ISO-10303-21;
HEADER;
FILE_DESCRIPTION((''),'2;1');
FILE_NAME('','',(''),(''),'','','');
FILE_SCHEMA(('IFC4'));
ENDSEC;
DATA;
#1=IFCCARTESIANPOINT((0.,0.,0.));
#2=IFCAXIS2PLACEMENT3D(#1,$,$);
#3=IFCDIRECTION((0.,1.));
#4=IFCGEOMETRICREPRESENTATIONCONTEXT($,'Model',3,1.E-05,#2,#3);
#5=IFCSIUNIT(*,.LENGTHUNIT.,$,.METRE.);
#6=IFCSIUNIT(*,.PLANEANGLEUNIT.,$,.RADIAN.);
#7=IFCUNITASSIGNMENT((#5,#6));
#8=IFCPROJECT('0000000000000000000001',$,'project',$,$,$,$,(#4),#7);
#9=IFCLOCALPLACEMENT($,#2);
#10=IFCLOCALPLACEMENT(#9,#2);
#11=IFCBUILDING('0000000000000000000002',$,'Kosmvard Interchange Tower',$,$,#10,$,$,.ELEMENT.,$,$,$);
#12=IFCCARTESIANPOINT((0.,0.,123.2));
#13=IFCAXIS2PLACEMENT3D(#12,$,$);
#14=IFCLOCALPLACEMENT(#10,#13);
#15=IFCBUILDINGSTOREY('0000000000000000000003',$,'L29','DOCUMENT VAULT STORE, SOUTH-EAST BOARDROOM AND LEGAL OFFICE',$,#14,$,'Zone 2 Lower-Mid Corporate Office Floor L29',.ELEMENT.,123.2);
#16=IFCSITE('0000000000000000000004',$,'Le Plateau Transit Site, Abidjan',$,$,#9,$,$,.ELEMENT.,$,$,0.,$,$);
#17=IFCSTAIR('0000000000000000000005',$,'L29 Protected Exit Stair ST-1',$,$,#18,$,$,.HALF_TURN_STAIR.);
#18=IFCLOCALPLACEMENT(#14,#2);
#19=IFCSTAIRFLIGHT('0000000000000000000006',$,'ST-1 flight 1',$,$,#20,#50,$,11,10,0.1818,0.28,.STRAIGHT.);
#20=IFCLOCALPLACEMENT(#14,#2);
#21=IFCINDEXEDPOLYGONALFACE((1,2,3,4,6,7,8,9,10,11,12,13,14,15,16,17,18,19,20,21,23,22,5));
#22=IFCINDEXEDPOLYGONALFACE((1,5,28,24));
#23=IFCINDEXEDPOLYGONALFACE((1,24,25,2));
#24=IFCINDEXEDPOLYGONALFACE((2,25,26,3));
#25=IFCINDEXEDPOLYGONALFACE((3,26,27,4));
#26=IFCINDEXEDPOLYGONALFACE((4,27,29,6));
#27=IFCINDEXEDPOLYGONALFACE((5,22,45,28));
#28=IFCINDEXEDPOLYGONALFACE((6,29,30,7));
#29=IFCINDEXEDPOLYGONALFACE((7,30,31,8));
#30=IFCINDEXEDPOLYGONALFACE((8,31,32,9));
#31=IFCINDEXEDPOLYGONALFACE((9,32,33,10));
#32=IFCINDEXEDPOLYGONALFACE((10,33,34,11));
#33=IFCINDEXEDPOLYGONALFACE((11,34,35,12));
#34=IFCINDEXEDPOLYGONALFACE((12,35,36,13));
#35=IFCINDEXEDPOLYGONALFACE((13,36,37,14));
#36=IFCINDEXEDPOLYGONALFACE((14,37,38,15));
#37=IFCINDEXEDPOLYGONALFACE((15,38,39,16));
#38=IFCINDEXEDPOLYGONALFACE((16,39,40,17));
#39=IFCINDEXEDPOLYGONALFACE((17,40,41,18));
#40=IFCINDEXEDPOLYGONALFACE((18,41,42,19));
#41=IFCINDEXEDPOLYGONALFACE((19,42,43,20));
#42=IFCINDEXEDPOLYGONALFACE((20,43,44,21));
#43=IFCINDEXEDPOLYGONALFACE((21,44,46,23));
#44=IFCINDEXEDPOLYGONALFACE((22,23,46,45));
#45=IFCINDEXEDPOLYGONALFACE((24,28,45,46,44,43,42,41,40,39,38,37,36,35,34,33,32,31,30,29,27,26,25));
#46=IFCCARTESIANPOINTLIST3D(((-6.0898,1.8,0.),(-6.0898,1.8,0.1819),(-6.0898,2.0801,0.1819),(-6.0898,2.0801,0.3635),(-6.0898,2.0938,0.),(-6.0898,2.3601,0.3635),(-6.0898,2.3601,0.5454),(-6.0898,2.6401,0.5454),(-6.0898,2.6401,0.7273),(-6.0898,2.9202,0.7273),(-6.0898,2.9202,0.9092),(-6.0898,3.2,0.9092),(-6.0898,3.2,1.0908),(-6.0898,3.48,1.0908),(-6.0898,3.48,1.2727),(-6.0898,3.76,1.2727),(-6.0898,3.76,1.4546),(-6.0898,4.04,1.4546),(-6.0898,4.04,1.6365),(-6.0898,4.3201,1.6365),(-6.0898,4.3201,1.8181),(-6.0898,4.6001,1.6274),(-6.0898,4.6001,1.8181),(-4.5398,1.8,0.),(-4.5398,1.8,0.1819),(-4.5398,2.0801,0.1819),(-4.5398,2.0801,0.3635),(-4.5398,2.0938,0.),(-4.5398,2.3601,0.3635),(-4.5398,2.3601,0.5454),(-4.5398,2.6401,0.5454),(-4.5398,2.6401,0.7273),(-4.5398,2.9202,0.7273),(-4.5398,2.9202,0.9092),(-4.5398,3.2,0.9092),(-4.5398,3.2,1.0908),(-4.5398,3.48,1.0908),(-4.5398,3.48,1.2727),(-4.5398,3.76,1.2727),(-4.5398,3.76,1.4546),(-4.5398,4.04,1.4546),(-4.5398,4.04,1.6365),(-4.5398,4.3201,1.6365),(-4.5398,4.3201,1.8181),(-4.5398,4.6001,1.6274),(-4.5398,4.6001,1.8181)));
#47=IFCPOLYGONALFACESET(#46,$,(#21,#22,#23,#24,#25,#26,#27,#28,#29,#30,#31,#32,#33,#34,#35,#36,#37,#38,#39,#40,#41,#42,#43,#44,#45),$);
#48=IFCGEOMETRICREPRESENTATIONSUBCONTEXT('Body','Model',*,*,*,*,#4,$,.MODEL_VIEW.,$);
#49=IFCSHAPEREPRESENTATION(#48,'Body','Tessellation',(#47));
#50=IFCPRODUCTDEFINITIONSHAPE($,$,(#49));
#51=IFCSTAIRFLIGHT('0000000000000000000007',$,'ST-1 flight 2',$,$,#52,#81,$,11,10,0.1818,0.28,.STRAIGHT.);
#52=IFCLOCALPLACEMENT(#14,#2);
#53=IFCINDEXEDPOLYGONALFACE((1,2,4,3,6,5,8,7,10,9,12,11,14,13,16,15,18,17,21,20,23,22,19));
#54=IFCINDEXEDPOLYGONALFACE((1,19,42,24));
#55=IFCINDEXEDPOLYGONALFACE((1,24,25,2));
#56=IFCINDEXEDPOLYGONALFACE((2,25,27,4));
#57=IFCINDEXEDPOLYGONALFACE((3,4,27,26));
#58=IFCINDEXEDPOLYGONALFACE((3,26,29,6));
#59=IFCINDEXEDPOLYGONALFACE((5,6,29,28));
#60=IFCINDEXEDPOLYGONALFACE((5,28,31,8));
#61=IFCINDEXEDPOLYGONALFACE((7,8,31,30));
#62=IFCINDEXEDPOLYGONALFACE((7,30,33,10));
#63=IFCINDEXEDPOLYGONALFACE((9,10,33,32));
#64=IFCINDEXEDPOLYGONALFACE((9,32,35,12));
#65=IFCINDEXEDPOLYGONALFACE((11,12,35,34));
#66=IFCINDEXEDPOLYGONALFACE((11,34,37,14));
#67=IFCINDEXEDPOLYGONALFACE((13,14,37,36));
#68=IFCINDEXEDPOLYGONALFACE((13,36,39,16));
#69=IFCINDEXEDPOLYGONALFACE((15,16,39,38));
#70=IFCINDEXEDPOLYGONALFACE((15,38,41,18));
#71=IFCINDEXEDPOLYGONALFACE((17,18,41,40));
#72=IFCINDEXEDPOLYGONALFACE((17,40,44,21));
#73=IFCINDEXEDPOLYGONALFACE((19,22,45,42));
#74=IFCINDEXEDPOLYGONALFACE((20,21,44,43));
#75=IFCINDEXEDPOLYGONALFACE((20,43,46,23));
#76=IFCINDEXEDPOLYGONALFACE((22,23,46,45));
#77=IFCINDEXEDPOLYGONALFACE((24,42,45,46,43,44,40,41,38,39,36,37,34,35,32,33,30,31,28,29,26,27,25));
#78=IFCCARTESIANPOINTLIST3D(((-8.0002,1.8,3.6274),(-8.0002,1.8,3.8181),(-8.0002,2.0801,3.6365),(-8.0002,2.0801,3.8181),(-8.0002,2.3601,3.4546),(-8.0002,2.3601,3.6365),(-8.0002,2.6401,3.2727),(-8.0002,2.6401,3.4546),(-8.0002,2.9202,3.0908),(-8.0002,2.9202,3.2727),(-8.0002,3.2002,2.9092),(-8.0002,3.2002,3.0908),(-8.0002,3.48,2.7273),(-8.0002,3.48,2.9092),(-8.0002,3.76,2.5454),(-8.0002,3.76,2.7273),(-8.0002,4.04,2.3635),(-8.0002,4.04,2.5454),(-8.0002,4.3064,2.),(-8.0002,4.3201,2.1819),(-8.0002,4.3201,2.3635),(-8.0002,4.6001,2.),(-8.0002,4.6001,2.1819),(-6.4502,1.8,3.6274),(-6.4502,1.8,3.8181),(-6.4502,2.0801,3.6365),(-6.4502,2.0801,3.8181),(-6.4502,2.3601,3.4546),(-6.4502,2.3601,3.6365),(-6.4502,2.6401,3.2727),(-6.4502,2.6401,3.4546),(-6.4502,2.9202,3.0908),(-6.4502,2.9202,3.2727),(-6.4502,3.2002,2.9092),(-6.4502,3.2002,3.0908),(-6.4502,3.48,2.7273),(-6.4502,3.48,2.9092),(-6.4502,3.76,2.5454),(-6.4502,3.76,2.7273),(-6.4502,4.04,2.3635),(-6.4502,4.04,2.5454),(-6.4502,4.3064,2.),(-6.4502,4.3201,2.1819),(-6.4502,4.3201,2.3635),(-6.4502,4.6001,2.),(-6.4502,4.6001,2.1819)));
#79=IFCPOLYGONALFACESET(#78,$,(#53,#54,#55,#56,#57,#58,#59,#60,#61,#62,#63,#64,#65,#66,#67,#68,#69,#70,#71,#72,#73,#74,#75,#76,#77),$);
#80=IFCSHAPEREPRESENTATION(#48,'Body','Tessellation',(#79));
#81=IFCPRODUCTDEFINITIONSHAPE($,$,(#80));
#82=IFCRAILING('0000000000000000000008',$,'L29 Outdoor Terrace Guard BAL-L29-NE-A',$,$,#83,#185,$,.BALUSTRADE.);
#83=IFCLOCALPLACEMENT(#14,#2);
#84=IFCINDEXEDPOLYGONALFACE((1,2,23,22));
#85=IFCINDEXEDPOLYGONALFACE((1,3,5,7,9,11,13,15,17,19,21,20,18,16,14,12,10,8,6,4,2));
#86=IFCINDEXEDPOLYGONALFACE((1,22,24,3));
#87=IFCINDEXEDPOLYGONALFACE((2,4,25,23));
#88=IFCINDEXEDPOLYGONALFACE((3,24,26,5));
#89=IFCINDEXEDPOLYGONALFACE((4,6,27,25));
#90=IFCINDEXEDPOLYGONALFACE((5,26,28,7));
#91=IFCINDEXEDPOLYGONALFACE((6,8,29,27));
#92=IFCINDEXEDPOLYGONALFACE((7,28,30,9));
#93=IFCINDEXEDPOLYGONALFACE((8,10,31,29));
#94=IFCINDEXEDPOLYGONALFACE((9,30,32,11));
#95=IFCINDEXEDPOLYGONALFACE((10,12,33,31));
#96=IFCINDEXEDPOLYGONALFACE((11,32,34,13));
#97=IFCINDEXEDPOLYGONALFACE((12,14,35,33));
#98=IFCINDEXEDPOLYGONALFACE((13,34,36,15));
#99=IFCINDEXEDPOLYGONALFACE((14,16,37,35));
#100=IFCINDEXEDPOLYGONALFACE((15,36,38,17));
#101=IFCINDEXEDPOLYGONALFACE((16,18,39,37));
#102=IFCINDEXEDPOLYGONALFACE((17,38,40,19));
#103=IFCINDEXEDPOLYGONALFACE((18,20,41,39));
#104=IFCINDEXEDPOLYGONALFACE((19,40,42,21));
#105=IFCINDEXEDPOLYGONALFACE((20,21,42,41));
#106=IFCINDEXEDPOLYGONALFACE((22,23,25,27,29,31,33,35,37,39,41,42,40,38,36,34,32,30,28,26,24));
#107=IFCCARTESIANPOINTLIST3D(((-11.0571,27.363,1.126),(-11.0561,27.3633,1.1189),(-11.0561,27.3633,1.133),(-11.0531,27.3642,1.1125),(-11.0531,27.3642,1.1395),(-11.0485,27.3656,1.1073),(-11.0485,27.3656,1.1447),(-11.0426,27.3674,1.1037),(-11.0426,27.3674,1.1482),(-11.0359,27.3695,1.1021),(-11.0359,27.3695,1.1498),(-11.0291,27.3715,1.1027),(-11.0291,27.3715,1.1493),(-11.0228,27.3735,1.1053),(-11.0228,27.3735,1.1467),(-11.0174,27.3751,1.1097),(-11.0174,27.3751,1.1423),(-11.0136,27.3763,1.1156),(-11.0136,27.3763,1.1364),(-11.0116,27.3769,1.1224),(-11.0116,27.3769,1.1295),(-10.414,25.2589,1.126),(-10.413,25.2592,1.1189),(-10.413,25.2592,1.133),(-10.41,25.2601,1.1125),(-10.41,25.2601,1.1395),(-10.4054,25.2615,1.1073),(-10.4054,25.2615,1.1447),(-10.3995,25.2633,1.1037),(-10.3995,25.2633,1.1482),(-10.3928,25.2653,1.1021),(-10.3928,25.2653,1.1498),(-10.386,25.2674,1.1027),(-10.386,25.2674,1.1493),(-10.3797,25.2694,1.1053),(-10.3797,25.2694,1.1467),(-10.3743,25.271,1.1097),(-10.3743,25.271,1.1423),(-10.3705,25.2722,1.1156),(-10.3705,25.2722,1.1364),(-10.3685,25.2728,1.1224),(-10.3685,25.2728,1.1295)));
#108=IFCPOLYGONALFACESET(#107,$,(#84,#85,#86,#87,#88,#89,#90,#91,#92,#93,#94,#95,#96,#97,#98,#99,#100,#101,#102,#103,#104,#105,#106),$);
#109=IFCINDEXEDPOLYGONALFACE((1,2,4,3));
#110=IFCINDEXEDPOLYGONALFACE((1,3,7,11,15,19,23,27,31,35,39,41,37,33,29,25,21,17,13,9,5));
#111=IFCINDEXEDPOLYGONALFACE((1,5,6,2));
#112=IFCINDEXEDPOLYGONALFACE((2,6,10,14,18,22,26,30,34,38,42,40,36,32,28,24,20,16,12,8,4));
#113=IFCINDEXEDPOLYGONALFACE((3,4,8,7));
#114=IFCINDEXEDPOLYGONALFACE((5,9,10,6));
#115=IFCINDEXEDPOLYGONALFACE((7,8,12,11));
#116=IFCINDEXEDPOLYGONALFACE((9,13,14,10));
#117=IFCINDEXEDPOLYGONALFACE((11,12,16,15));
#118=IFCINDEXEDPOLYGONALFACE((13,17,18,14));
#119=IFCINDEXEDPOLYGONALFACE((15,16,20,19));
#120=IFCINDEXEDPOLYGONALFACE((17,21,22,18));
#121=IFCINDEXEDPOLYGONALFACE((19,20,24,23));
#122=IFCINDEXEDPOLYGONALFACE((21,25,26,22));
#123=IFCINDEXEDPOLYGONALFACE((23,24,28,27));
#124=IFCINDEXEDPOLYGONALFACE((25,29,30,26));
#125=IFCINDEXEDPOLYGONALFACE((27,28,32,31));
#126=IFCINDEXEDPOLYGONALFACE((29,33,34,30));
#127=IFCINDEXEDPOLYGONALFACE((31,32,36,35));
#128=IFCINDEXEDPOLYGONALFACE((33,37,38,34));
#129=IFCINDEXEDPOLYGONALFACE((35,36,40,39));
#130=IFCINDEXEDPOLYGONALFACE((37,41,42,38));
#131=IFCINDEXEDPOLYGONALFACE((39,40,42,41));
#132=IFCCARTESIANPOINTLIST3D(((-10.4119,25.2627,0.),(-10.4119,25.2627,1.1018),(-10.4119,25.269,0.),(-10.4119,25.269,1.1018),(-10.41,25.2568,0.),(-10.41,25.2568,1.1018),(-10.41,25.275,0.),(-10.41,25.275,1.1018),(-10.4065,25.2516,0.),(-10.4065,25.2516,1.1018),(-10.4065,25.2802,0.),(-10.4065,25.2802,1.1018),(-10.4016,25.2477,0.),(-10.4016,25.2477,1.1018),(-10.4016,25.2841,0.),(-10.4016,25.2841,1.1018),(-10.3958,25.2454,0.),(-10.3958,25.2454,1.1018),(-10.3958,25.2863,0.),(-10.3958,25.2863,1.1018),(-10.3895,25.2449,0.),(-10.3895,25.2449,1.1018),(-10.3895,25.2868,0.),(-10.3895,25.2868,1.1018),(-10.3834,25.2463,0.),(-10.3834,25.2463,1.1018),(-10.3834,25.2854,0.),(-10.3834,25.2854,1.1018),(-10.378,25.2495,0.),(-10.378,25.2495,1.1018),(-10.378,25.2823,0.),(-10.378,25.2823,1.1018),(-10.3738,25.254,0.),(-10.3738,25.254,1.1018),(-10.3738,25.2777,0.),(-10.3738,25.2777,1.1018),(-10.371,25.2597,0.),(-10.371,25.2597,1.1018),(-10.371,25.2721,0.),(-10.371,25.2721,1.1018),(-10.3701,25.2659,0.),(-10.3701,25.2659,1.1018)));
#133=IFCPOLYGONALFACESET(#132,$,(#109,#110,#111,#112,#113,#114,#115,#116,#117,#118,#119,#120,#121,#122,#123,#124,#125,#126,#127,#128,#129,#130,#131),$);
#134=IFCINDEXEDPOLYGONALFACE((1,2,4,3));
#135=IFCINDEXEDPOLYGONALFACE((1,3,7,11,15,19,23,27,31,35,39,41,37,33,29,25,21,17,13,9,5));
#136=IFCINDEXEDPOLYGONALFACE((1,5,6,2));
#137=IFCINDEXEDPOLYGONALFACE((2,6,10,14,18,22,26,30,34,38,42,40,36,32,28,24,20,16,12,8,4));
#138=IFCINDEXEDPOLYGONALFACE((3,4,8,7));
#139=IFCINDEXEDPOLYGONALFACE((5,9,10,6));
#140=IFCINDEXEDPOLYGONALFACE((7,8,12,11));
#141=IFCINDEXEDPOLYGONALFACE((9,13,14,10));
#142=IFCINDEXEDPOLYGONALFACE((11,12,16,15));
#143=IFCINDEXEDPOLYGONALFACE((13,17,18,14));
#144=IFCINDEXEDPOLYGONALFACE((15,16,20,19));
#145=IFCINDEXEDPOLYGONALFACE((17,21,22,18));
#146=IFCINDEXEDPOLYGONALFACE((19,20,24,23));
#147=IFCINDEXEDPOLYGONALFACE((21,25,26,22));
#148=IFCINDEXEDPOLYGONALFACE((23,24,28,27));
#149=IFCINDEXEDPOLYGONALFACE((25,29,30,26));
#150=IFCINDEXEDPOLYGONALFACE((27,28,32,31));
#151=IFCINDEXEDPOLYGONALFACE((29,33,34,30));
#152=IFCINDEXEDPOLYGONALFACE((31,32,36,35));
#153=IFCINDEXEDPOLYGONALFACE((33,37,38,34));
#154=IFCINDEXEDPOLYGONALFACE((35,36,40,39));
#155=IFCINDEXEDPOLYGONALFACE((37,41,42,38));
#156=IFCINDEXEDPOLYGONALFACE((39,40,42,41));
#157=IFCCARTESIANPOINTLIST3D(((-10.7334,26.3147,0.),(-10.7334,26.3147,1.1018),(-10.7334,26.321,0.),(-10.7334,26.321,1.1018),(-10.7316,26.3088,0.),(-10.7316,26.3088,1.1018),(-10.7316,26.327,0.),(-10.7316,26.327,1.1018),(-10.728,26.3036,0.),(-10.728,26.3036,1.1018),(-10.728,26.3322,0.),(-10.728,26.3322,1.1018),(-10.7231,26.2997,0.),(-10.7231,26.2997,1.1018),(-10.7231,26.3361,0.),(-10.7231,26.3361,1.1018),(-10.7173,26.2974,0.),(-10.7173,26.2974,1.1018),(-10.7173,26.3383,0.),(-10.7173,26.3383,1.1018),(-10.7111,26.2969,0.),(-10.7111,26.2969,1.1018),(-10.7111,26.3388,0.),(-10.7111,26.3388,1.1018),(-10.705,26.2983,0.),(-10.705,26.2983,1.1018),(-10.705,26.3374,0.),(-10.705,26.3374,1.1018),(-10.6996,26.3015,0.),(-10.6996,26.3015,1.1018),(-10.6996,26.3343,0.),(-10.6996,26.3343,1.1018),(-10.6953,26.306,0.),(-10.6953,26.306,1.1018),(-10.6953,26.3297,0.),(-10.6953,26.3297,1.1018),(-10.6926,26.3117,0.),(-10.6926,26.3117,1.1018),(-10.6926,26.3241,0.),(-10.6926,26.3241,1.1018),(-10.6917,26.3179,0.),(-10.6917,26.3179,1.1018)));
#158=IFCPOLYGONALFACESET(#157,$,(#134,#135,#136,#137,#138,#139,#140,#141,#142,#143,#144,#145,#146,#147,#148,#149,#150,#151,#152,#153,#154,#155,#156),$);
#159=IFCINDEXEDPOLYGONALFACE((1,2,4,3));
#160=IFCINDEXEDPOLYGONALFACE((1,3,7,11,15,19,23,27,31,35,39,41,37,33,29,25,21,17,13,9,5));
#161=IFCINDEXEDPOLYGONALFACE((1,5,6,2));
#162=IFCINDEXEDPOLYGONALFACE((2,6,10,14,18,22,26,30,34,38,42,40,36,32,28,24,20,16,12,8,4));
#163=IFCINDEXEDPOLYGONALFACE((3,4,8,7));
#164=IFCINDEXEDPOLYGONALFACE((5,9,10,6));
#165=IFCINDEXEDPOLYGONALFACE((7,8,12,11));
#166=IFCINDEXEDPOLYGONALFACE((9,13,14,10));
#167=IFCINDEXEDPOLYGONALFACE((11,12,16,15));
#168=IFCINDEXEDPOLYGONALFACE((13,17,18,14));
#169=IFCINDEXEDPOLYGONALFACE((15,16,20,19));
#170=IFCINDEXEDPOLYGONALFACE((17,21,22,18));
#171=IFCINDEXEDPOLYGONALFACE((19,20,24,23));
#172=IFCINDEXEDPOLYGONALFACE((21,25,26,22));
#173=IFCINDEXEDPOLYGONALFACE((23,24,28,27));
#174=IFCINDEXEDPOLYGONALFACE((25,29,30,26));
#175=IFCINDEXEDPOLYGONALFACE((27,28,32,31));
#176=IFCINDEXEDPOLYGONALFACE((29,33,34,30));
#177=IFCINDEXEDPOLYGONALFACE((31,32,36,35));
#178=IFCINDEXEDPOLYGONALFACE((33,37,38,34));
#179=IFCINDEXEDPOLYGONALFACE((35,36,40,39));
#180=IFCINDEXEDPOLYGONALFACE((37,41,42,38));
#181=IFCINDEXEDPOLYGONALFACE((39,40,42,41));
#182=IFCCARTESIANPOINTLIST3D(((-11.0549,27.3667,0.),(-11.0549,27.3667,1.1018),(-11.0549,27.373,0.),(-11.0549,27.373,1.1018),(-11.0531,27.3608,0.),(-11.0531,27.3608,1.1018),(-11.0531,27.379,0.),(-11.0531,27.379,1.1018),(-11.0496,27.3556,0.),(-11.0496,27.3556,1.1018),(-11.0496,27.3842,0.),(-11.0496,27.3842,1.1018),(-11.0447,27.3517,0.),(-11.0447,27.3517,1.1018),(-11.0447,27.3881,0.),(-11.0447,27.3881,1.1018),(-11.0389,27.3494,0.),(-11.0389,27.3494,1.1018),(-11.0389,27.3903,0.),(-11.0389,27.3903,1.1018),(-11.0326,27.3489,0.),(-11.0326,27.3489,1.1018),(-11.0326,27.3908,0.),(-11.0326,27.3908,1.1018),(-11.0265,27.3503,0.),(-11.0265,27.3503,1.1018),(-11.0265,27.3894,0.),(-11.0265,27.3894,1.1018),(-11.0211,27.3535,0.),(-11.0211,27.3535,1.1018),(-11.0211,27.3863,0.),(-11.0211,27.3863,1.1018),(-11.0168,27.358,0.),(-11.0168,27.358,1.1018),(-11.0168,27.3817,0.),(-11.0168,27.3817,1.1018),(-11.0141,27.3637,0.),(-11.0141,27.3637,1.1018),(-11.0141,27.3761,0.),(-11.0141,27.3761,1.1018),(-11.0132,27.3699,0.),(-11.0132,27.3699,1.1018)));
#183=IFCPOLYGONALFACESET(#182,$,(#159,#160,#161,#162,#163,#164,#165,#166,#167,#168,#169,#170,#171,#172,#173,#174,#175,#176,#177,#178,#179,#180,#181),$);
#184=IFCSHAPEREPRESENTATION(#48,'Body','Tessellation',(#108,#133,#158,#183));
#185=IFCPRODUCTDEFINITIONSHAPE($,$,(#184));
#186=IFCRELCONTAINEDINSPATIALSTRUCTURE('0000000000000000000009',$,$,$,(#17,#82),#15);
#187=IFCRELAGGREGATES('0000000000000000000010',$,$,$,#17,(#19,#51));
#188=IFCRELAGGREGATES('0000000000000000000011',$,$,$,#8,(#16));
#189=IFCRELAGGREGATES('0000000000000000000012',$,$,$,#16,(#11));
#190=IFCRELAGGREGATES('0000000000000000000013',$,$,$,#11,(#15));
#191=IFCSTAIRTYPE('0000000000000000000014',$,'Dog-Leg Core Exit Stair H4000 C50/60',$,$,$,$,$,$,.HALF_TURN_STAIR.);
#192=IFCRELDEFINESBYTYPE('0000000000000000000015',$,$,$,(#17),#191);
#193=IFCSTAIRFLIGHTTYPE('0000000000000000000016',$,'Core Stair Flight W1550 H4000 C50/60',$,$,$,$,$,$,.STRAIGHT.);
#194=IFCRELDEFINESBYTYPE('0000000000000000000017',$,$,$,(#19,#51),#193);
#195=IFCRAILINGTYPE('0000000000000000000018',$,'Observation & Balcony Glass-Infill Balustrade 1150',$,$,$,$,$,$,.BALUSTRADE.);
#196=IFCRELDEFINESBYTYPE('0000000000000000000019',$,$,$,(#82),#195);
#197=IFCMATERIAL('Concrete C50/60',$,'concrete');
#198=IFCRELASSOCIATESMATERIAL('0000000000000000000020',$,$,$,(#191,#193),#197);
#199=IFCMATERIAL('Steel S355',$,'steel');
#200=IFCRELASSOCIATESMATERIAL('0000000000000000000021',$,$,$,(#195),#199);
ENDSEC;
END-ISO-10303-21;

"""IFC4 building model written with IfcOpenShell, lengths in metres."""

from ifc_helpers import new_model, si_unit, direction, frame, origin, origin_2d, place, context, subcontext, project, spatial, polyline, circle, outline, extrude, source, transform, mapped, material, type_object, element, aggregate, save


model = new_model("IFC4")

# Units and contexts
model_context = context("Model", 3, precision=1e-05, world=origin(), true_north=direction((0.0, 1.0)))
body_context = subcontext(model_context, "Body", "Model", "MODEL_VIEW")
ifc_project = project(units=[si_unit("LENGTHUNIT", "METRE"), si_unit("PLANEANGLEUNIT", "RADIAN")], contexts=[model_context])

# Site, building, storey
site_placement = place(None, origin())
site = spatial("IfcSite", under=ifc_project, at=site_placement, Name="Le Plateau Transit Site, Abidjan", CompositionType="ELEMENT", RefElevation=0.0)
building_placement = place(site_placement, origin())
building = spatial("IfcBuilding", under=site, at=building_placement, Name="Kosmvard Interchange Tower", CompositionType="ELEMENT")
storey_placement = place(building_placement, frame((0.0, 0.0, 123.2)))
storey = spatial("IfcBuildingStorey", under=building, at=storey_placement, Name="L29", Description="DOCUMENT VAULT STORE, SOUTH-EAST BOARDROOM AND LEGAL OFFICE", LongName="Zone 2 Lower-Mid Corporate Office Floor L29", CompositionType="ELEMENT", Elevation=123.2)

# Shared definitions
ifc_material_1 = material(Name="Steel S355", Category="steel")

# Stair, stair flights
ifc_material_2 = material(Name="Concrete C50/60", Category="concrete")
stair_type = type_object("IfcStairType", Name="Dog-Leg Core Exit Stair H4000 C50/60", PredefinedType="HALF_TURN_STAIR", material=ifc_material_2)
stair_placement = place(storey_placement, origin())
stair = element("IfcStair", 1, at=stair_placement, inside=storey, type_object=stair_type, Name="L29 Protected Exit Stair ST-1", PredefinedType="HALF_TURN_STAIR")
stair_flight_type = type_object("IfcStairFlightType", Name="Core Stair Flight W1550 H4000 C50/60", PredefinedType="STRAIGHT", material=ifc_material_2)
shared_shape_1 = source(origin(), body_context, "Body", "SweptSolid", [
    extrude(outline(polyline([(0.0, 0.0), (0.0, 0.1819), (0.28, 0.1819), (0.28, 0.3635), (0.5601, 0.3635), (0.5601, 0.5454), (0.8401, 0.5454), (0.8401, 0.7273), (1.1201, 0.7273), (1.1201, 0.9092), (1.3999, 0.9092), (1.3999, 1.0908), (1.6799, 1.0908), (1.6799, 1.2727), (1.96, 1.2727), (1.96, 1.4546), (2.24, 1.4546), (2.24, 1.6365), (2.52, 1.6365), (2.52, 1.8181), (2.8, 1.8181), (2.8, 2.0), (2.8, 1.6274), (0.2937, 0.0), (0.0, 0.0)])), frame((0.0, 0.7749, 0.0), z_axis=(0.0, -1.0, 0.0), x_axis=(1.0, 0.0, 0.0)), (0.0, 0.0, 1.0), 1.55),
])
stair_flight_1_placement = place(storey_placement, frame((-5.3149, 1.8, 0.0), z_axis=(0.0, 0.0, 1.0), x_axis=(0.0, 1.0, 0.0)))
stair_flight_1 = element("IfcStairFlight", 2, at=stair_flight_1_placement, type_object=stair_flight_type, Name="ST-1 flight 1", NumberOfRisers=11, NumberOfTreads=10, PredefinedType="STRAIGHT", RiserHeight=0.1818, TreadLength=0.28, context=body_context, shape_type="MappedRepresentation", body=[
    mapped(shared_shape_1, transform((0.0, 0.0, 0.0), scale=1.0)),
])
stair_flight_2_placement = place(storey_placement, frame((-7.2251, 4.6001, 2.0), z_axis=(0.0, 0.0, 1.0), x_axis=(0.0, -1.0, 0.0)))
stair_flight_2 = element("IfcStairFlight", 3, at=stair_flight_2_placement, type_object=stair_flight_type, Name="ST-1 flight 2", NumberOfRisers=11, NumberOfTreads=10, PredefinedType="STRAIGHT", RiserHeight=0.1818, TreadLength=0.28, context=body_context, shape_type="MappedRepresentation", body=[
    mapped(shared_shape_1, transform((0.0, 0.0, 0.0), scale=1.0)),
])
aggregate(stair, [stair_flight_1, stair_flight_2])

# Railing
railing_type_1 = type_object("IfcRailingType", Name="Observation & Balcony Glass-Infill Balustrade 1150", PredefinedType="BALUSTRADE", material=ifc_material_1)
shared_shape_2 = source(origin(), body_context, "Body", "SweptSolid", [
    extrude(circle(Radius=0.0239, at=origin_2d()), frame((0.0, 0.0, 1.126), z_axis=(-0.292292, 0.956329, 0.0), x_axis=(-0.956329, -0.292292, 0.0)), (0.0, 0.0, 1.0), 2.2002),
    extrude(circle(Radius=0.021, at=origin_2d()), origin(), (0.0, 0.0, 1.0), 1.1018),
    extrude(circle(Radius=0.021, at=origin_2d()), frame((-0.3215, 1.052, 0.0)), (0.0, 0.0, 1.0), 1.1018),
    extrude(circle(Radius=0.021, at=origin_2d()), frame((-0.6431, 2.104, 0.0)), (0.0, 0.0, 1.0), 1.1018),
])
railing_1_placement = place(storey_placement, frame((-10.3911, 25.2659, 0.0)))
element("IfcRailing", 4, at=railing_1_placement, inside=storey, type_object=railing_type_1, Name="L29 Outdoor Terrace Guard BAL-L29-NE-A", PredefinedType="BALUSTRADE", context=body_context, shape_type="MappedRepresentation", body=[
    mapped(shared_shape_2, transform((0.0, 0.0, 0.0), scale=1.0)),
])

save(model, "model.ifc")
